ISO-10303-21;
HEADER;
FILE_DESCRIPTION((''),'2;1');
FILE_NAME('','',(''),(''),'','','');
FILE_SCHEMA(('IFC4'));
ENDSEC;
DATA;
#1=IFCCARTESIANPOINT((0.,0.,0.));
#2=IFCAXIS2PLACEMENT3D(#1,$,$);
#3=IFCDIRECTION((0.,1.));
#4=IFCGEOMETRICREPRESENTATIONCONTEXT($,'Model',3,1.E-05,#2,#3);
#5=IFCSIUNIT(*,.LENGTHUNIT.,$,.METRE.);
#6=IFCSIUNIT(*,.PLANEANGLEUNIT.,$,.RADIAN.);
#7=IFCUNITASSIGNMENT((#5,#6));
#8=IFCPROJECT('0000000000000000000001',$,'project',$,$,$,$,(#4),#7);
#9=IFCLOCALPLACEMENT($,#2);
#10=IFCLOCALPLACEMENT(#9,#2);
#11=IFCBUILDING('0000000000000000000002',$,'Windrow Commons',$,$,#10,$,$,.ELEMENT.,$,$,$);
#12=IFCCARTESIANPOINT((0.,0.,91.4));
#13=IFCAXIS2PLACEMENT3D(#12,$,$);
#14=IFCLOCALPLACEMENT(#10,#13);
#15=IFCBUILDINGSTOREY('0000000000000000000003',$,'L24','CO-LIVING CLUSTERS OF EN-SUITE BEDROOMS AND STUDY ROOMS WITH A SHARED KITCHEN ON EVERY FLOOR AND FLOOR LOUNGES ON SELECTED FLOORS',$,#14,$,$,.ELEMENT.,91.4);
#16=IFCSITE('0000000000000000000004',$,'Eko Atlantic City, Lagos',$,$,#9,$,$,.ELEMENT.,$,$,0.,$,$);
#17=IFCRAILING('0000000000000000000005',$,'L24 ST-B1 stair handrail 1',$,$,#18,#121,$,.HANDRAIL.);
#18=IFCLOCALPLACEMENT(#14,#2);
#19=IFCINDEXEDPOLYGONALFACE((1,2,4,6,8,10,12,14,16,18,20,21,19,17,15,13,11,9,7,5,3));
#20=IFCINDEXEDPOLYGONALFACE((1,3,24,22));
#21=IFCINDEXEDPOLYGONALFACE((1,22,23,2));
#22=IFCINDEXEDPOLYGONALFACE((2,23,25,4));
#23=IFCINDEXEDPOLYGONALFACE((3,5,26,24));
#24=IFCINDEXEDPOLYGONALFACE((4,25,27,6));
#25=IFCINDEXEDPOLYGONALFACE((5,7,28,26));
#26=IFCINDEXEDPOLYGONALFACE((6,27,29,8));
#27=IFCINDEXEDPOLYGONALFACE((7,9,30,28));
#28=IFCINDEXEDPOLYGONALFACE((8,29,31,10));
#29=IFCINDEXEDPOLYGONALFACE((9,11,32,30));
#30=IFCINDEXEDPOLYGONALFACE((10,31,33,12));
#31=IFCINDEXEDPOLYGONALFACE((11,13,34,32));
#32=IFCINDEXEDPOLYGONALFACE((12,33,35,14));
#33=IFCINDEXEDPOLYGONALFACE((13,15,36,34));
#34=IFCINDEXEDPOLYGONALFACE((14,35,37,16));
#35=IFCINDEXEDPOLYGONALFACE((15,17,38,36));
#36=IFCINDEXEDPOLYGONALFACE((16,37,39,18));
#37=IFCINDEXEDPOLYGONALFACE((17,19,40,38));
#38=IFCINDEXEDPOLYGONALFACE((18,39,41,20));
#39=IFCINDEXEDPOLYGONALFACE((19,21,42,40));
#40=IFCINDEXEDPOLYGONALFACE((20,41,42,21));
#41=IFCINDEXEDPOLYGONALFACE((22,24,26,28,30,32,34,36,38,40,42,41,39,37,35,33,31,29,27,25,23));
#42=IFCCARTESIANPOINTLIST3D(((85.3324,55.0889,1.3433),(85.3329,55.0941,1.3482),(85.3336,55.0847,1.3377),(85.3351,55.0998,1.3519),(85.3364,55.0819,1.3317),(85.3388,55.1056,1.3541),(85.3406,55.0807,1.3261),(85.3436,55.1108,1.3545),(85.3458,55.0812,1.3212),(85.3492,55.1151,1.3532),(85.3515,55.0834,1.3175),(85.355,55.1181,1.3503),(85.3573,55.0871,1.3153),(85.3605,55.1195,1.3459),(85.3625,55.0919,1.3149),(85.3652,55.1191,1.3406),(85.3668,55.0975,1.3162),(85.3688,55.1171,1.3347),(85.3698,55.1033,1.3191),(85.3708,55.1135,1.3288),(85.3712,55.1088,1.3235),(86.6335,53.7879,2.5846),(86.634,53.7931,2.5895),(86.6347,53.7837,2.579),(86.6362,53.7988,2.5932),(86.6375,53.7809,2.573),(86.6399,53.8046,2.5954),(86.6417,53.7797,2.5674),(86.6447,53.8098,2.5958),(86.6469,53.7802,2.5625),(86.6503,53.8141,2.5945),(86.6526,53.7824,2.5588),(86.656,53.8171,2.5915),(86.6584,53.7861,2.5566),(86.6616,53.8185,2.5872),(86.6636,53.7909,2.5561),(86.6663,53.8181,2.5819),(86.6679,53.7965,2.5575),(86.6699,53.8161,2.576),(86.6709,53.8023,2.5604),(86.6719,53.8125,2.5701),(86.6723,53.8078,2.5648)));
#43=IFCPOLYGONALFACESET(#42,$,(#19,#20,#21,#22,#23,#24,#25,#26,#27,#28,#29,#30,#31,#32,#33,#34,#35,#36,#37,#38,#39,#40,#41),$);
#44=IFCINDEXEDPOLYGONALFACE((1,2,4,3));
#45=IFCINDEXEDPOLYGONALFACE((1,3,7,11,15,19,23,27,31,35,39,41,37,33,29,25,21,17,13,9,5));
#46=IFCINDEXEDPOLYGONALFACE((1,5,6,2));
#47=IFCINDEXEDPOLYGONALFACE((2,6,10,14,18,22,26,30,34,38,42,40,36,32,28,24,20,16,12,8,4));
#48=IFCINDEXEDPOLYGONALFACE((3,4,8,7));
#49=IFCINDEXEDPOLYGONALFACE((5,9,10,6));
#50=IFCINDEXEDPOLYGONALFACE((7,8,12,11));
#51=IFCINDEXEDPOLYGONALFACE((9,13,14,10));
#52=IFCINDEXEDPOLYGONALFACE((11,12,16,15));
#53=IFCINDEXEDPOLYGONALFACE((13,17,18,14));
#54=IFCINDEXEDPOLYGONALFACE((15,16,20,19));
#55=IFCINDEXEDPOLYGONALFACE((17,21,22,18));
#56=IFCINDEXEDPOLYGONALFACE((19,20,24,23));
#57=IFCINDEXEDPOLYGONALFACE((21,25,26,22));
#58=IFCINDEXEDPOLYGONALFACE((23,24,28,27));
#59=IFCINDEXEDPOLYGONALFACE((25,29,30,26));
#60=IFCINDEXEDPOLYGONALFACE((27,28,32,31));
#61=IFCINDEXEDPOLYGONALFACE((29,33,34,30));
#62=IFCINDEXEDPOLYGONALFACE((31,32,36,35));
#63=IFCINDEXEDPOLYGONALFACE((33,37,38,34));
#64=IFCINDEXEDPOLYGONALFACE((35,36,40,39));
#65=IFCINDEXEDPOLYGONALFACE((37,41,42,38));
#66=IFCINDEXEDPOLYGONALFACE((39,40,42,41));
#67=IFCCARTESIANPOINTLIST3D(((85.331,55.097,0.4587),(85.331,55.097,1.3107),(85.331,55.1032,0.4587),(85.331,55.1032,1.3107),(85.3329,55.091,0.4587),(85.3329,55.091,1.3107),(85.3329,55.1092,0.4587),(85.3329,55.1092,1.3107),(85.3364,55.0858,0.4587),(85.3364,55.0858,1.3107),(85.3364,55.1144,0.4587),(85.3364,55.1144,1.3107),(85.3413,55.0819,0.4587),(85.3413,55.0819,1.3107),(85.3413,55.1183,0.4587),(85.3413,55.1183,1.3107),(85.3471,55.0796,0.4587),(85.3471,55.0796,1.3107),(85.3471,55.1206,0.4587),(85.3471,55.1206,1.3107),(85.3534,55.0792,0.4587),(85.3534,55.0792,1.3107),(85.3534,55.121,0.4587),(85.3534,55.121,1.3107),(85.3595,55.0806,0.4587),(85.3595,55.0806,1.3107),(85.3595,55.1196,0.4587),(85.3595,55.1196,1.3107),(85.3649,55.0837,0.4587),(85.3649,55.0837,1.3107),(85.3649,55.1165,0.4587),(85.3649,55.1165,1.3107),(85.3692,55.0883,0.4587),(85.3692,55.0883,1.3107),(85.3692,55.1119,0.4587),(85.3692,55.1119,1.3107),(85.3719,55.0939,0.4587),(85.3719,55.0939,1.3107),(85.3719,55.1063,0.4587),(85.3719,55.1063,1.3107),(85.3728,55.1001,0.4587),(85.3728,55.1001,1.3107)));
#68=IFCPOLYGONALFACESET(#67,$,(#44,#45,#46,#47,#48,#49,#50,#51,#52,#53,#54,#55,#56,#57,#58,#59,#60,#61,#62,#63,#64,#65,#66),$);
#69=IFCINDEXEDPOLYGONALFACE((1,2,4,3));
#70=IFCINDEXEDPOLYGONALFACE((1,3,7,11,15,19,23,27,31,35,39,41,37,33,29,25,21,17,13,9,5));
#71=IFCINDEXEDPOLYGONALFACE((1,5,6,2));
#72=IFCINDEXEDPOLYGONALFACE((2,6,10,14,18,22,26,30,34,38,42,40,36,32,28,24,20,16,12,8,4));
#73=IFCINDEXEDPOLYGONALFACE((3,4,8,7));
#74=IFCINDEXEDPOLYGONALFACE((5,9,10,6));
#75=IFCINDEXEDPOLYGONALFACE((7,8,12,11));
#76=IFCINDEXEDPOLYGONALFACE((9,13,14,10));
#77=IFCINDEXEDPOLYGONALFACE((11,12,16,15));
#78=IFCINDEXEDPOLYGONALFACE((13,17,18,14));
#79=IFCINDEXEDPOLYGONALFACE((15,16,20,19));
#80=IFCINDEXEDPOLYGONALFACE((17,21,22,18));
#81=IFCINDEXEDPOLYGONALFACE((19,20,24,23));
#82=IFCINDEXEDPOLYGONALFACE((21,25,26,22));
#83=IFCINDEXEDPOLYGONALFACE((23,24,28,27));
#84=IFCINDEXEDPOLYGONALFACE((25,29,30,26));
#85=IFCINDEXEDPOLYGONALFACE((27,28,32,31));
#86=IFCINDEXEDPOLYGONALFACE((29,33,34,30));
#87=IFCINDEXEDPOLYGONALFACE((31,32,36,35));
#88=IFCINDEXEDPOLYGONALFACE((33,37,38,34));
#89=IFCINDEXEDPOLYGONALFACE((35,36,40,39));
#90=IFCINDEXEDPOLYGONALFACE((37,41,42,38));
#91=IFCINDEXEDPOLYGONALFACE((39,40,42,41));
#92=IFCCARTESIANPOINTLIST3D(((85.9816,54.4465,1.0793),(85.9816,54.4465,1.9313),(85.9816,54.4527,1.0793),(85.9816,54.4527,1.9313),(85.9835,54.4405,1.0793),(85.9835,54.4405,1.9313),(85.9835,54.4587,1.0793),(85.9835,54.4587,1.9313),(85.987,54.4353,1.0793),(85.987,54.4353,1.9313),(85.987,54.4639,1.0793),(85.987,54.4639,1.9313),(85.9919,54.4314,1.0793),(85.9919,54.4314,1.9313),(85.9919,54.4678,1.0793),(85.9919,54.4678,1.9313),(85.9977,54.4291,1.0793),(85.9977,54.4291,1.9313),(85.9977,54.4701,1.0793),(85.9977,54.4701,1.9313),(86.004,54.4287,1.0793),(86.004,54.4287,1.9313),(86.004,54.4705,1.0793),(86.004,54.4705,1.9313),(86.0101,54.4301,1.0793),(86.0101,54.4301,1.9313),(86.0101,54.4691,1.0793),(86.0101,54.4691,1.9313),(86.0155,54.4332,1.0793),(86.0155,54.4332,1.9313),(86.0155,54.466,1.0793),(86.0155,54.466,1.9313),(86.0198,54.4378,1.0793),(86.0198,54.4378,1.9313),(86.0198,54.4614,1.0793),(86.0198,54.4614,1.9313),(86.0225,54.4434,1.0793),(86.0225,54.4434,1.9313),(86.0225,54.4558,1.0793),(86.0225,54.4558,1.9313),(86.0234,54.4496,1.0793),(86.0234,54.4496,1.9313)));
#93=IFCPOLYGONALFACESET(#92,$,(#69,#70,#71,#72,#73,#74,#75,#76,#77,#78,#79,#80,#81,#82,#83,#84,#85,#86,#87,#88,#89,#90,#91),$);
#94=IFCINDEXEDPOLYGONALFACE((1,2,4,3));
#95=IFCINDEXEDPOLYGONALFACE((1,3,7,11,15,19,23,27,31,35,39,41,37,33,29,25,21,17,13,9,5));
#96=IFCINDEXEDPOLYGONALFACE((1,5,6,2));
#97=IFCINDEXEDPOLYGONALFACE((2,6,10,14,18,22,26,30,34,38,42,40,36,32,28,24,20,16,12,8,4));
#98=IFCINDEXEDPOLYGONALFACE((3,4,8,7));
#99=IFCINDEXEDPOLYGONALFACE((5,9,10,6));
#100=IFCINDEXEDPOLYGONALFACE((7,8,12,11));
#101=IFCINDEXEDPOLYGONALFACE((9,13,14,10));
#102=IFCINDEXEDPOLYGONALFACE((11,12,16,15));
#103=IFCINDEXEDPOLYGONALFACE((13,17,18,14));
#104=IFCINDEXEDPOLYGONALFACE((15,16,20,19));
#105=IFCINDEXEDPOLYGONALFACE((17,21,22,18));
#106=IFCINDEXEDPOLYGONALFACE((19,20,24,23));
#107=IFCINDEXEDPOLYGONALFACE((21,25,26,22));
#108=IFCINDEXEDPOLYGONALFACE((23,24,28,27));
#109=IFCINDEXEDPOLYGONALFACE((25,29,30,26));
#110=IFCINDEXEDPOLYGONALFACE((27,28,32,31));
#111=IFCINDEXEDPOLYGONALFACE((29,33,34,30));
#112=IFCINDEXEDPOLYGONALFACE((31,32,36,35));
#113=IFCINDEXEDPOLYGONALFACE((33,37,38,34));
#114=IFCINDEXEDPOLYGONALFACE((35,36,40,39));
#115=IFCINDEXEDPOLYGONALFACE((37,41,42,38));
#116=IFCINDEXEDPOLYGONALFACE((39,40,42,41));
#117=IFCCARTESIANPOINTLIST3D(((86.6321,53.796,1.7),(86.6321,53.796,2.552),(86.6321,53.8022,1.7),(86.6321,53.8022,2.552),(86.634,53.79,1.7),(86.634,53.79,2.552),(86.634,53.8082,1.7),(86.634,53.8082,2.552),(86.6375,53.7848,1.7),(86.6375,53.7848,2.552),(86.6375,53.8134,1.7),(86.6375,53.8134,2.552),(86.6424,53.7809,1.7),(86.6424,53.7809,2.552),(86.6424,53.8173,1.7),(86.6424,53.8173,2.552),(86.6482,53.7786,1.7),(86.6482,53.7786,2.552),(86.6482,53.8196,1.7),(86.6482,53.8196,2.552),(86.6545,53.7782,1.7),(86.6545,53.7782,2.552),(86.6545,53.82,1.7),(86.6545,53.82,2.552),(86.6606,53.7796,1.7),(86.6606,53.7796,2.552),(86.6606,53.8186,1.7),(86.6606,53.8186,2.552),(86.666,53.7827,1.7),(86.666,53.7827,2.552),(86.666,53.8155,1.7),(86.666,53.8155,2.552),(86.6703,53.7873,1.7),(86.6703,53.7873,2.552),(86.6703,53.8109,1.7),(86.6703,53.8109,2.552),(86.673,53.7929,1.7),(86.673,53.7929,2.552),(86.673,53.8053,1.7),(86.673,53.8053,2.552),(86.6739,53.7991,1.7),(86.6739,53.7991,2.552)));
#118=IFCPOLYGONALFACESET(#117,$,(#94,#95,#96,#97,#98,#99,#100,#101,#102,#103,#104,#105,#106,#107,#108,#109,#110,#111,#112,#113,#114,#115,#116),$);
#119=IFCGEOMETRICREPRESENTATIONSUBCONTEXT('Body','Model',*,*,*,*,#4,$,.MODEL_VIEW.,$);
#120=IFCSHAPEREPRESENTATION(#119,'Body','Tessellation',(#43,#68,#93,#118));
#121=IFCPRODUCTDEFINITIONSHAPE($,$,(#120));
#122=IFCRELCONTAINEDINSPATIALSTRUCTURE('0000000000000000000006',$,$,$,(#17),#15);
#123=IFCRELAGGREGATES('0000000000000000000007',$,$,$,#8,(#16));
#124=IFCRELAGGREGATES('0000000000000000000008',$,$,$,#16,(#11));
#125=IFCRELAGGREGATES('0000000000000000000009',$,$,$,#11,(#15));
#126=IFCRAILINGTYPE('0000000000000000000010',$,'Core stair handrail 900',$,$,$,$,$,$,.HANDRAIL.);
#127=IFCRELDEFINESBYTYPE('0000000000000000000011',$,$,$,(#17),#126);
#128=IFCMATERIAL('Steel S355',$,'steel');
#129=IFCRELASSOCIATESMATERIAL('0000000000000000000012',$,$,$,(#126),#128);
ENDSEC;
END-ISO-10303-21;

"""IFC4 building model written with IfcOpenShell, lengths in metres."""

from ifc_helpers import new_model, si_unit, direction, frame, origin, origin_2d, place, context, subcontext, project, spatial, circle, extrude, material, type_object, element, save


model = new_model("IFC4")

# Units and contexts
model_context = context("Model", 3, precision=1e-05, world=origin(), true_north=direction((0.0, 1.0)))
body_context = subcontext(model_context, "Body", "Model", "MODEL_VIEW")
ifc_project = project(units=[si_unit("LENGTHUNIT", "METRE"), si_unit("PLANEANGLEUNIT", "RADIAN")], contexts=[model_context])

# Site, building, storey
site_placement = place(None, origin())
site = spatial("IfcSite", under=ifc_project, at=site_placement, Name="Eko Atlantic City, Lagos", CompositionType="ELEMENT", RefElevation=0.0)
building_placement = place(site_placement, origin())
building = spatial("IfcBuilding", under=site, at=building_placement, Name="Windrow Commons", CompositionType="ELEMENT")
storey_placement = place(building_placement, frame((0.0, 0.0, 91.4)))
storey = spatial("IfcBuildingStorey", under=building, at=storey_placement, Name="L24", Description="CO-LIVING CLUSTERS OF EN-SUITE BEDROOMS AND STUDY ROOMS WITH A SHARED KITCHEN ON EVERY FLOOR AND FLOOR LOUNGES ON SELECTED FLOORS", CompositionType="ELEMENT", Elevation=91.4)

# Railing
ifc_material_1 = material(Name="Steel S355", Category="steel")
railing_type_1 = type_object("IfcRailingType", Name="Core stair handrail 900", PredefinedType="HANDRAIL", material=ifc_material_1)
railing_1_placement = place(storey_placement, frame((85.3518, 55.1001, 0.4587)))
element("IfcRailing", 1, at=railing_1_placement, inside=storey, type_object=railing_type_1, Name="L24 ST-B1 stair handrail 1", PredefinedType="HANDRAIL", context=body_context, shape_type="SweptSolid", body=[
    extrude(circle(Radius=0.024, at=origin_2d()), frame((0.0, 0.0, 0.876), z_axis=(0.586207, -0.586162, 0.559264), x_axis=(0.70708, 0.707134, 0.0)), (0.0, 0.0, 1.0), 2.2195),
    extrude(circle(Radius=0.021, at=origin_2d()), origin(), (0.0, 0.0, 1.0), 0.852),
    extrude(circle(Radius=0.021, at=origin_2d()), frame((0.6506, -0.6505, 0.6206)), (0.0, 0.0, 1.0), 0.852),
    extrude(circle(Radius=0.021, at=origin_2d()), frame((1.3011, -1.301, 1.2413)), (0.0, 0.0, 1.0), 0.852),
])

save(model, "model.ifc")
